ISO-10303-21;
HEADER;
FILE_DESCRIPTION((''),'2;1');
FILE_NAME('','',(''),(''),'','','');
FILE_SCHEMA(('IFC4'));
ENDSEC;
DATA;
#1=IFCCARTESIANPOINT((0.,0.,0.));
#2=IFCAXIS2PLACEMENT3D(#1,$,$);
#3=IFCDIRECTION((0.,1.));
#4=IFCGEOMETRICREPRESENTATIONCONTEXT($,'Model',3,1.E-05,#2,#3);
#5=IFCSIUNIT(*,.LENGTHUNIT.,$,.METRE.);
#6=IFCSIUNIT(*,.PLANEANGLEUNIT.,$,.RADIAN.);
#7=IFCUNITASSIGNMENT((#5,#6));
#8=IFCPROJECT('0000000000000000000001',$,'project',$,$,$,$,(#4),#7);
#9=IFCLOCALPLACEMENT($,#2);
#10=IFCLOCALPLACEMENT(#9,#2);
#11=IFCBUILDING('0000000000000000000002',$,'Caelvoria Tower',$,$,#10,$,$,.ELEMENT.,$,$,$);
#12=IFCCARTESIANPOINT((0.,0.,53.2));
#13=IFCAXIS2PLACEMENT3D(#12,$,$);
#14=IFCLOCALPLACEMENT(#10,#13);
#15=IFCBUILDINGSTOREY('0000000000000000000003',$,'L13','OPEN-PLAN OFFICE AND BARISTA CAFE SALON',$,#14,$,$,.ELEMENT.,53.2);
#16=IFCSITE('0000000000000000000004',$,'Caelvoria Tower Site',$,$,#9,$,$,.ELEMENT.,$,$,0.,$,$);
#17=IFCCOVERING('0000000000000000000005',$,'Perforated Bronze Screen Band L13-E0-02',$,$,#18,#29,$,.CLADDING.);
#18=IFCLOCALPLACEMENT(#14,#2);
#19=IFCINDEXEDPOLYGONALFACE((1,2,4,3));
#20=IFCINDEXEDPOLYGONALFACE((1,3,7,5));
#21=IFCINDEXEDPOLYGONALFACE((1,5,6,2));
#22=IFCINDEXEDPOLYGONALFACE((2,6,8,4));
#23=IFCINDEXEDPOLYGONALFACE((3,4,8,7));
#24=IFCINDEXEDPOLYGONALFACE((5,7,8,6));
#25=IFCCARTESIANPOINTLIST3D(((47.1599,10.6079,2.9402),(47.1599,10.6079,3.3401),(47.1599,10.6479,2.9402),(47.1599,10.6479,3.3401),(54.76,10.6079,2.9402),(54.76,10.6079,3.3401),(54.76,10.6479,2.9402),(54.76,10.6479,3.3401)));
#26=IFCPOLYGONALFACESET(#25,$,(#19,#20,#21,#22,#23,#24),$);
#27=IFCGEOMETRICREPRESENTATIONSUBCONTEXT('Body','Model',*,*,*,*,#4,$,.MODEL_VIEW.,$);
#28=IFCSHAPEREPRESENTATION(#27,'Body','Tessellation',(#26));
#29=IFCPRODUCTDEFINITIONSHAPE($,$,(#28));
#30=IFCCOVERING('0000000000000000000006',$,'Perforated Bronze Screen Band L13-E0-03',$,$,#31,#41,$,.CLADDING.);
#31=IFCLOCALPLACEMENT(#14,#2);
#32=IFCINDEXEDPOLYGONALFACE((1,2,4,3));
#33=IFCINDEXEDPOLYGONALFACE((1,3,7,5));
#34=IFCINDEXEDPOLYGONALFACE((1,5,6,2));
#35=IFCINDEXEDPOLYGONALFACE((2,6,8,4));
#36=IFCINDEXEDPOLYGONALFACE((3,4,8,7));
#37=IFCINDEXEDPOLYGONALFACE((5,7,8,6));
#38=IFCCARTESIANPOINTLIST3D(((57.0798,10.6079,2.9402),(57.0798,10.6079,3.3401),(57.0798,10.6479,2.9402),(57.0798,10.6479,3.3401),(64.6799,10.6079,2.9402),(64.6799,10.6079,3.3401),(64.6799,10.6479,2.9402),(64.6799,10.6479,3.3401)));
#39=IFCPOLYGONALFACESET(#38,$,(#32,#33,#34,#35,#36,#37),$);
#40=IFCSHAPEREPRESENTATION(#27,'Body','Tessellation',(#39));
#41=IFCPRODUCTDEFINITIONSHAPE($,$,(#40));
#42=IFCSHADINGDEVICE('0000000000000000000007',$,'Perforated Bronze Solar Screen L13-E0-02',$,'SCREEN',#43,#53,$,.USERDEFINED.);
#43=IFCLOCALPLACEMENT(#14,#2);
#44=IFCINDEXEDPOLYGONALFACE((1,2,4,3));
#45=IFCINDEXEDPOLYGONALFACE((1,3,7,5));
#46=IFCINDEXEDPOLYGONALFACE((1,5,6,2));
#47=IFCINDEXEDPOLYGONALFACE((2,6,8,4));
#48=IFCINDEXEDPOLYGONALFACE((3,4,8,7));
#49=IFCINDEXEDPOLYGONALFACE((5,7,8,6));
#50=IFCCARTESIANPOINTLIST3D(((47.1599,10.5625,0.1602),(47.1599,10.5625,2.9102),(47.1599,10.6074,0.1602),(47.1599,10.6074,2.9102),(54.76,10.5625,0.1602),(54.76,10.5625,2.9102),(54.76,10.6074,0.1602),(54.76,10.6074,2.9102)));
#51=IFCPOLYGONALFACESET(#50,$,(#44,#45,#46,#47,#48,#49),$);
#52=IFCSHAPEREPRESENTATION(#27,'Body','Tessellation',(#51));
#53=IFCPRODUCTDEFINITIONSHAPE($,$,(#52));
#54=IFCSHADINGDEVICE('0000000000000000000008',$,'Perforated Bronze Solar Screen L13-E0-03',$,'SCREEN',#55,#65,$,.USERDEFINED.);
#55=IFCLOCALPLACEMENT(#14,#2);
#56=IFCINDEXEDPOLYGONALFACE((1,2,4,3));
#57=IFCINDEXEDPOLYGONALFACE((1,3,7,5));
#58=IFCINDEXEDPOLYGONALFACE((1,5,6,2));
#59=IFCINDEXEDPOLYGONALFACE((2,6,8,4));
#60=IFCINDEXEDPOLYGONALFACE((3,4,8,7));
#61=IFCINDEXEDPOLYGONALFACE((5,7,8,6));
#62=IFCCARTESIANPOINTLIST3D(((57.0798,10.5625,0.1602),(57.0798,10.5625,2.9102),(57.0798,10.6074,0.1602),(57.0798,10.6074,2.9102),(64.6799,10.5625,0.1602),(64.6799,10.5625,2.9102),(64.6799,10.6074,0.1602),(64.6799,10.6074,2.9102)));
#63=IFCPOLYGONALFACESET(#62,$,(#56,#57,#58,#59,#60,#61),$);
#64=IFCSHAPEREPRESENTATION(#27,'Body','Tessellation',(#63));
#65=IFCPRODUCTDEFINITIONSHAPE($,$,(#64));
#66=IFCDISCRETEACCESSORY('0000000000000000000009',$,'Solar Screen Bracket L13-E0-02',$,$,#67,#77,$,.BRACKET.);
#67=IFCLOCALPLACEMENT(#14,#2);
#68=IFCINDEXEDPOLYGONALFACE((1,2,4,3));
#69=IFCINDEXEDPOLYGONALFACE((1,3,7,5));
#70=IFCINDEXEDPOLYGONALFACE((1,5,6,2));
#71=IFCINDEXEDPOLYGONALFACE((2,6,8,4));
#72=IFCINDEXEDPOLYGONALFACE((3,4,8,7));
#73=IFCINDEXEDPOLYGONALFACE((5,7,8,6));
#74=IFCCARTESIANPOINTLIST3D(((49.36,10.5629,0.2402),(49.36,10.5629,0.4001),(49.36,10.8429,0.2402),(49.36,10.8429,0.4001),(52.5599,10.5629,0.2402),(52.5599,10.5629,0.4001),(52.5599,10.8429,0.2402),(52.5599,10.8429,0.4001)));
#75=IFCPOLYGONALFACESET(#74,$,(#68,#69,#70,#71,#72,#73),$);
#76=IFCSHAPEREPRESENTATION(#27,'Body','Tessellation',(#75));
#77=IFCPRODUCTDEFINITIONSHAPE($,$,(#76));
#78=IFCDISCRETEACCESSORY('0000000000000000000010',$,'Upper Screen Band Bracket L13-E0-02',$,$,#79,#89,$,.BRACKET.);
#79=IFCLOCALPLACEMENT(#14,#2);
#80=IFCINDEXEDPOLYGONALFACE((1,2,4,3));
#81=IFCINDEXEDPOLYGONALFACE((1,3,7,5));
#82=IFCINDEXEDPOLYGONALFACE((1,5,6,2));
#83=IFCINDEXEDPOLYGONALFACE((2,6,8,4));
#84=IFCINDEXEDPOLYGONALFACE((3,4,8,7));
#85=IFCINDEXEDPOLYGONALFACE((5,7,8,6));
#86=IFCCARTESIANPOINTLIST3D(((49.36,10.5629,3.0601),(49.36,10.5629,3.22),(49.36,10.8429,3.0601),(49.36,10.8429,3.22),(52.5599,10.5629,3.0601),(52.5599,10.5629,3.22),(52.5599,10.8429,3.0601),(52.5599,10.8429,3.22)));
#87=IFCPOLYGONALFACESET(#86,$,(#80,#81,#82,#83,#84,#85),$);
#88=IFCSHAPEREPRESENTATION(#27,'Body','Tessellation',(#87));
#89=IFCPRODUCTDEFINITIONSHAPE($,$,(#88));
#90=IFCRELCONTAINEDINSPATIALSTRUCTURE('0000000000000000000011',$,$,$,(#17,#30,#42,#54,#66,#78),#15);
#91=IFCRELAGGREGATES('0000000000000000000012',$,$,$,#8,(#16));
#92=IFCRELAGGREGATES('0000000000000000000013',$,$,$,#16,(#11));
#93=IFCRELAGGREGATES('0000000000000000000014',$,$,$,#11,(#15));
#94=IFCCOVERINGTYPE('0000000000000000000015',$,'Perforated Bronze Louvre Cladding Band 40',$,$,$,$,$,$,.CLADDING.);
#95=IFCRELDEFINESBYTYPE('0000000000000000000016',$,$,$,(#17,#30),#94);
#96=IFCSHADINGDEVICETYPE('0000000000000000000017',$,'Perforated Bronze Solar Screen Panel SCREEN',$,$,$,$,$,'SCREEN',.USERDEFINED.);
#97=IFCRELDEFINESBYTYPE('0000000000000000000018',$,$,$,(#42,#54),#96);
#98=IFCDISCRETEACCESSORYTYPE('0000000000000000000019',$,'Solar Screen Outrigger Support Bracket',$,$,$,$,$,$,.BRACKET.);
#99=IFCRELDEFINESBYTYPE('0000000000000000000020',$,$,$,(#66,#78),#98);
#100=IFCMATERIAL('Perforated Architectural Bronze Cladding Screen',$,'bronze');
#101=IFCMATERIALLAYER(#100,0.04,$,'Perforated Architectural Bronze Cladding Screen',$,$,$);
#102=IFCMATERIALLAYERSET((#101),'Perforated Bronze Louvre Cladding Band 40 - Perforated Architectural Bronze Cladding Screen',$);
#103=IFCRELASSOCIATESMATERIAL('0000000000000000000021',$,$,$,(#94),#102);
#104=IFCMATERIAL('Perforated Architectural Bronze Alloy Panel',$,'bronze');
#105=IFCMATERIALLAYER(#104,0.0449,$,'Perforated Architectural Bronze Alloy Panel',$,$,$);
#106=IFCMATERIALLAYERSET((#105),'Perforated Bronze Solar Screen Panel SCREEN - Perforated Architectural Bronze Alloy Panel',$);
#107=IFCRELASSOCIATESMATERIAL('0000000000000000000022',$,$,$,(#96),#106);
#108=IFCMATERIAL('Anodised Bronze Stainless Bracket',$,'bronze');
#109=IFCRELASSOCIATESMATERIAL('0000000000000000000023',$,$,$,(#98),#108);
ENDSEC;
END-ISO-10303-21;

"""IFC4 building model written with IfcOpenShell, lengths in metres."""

from ifc_helpers import new_model, si_unit, direction, frame, origin, origin_2d, place, context, subcontext, project, spatial, rectangle, extrude, material, layer, layer_set, type_object, element, save


model = new_model("IFC4")

# Units and contexts
model_context = context("Model", 3, precision=1e-05, world=origin(), true_north=direction((0.0, 1.0)))
body_context = subcontext(model_context, "Body", "Model", "MODEL_VIEW")
ifc_project = project(units=[si_unit("LENGTHUNIT", "METRE"), si_unit("PLANEANGLEUNIT", "RADIAN")], contexts=[model_context])

# Site, building, storey
site_placement = place(None, origin())
site = spatial("IfcSite", under=ifc_project, at=site_placement, Name="Caelvoria Tower Site", CompositionType="ELEMENT", RefElevation=0.0)
building_placement = place(site_placement, origin())
building = spatial("IfcBuilding", under=site, at=building_placement, Name="Caelvoria Tower", CompositionType="ELEMENT")
storey_placement = place(building_placement, frame((0.0, 0.0, 53.2)))
storey = spatial("IfcBuildingStorey", under=building, at=storey_placement, Name="L13", Description="OPEN-PLAN OFFICE AND BARISTA CAFE SALON", CompositionType="ELEMENT", Elevation=53.2)

# Coverings
ifc_material_1 = material(Name="Perforated Architectural Bronze Cladding Screen", Category="bronze")
ifc_layer_1 = layer(ifc_material_1, 0.04, Name="Perforated Architectural Bronze Cladding Screen")
ifc_layer_set_1 = layer_set([ifc_layer_1], Name="Perforated Bronze Louvre Cladding Band 40 - Perforated Architectural Bronze Cladding Screen")
covering_type = type_object("IfcCoveringType", Name="Perforated Bronze Louvre Cladding Band 40", PredefinedType="CLADDING", material=ifc_layer_set_1)
for number, where, z_axis, x_axis, name in (
    (1, (50.96, 10.6279, 2.9402), (0.0, 0.0, 1.0), (1.0, 0.0, 0.0), "Perforated Bronze Screen Band L13-E0-02"),
    (2, (60.8799, 10.6279, 2.9402), (0.0, 0.0, 1.0), (1.0, 0.0, 0.0), "Perforated Bronze Screen Band L13-E0-03"),
):
    element("IfcCovering", number, at=place(storey_placement, frame(where, z_axis=z_axis, x_axis=x_axis)), inside=storey, type_object=covering_type, Name=name, PredefinedType="CLADDING", context=body_context, shape_type="SweptSolid", body=[
        extrude(rectangle(XDim=7.6001, YDim=0.04, at=origin_2d()), origin(), (0.0, 0.0, 1.0), 0.3999),
    ])

# Shading devices
ifc_material_2 = material(Name="Perforated Architectural Bronze Alloy Panel", Category="bronze")
ifc_layer_2 = layer(ifc_material_2, 0.0449, Name="Perforated Architectural Bronze Alloy Panel")
ifc_layer_set_2 = layer_set([ifc_layer_2], Name="Perforated Bronze Solar Screen Panel SCREEN - Perforated Architectural Bronze Alloy Panel")
shading_device_type = type_object("IfcShadingDeviceType", Name="Perforated Bronze Solar Screen Panel SCREEN", ElementType="SCREEN", PredefinedType="USERDEFINED", material=ifc_layer_set_2)
for number, where, z_axis, x_axis, name in (
    (3, (50.96, 10.585, 0.1602), (0.0, 0.0, 1.0), (1.0, 0.0, 0.0), "Perforated Bronze Solar Screen L13-E0-02"),
    (4, (60.8799, 10.585, 0.1602), (0.0, 0.0, 1.0), (1.0, 0.0, 0.0), "Perforated Bronze Solar Screen L13-E0-03"),
):
    element("IfcShadingDevice", number, at=place(storey_placement, frame(where, z_axis=z_axis, x_axis=x_axis)), inside=storey, type_object=shading_device_type, Name=name, ObjectType="SCREEN", PredefinedType="USERDEFINED", context=body_context, shape_type="SweptSolid", body=[
        extrude(rectangle(XDim=7.6001, YDim=0.0449, at=origin_2d()), origin(), (0.0, 0.0, 1.0), 2.75),
    ])

# Discrete accessories
ifc_material_3 = material(Name="Anodised Bronze Stainless Bracket", Category="bronze")
discrete_accessory_type = type_object("IfcDiscreteAccessoryType", Name="Solar Screen Outrigger Support Bracket", PredefinedType="BRACKET", material=ifc_material_3)
for number, where, z_axis, x_axis, name in (
    (5, (50.96, 10.7029, 0.2402), (0.0, 0.0, 1.0), (1.0, 0.0, 0.0), "Solar Screen Bracket L13-E0-02"),
    (6, (50.96, 10.7029, 3.0601), (0.0, 0.0, 1.0), (1.0, 0.0, 0.0), "Upper Screen Band Bracket L13-E0-02"),
):
    element("IfcDiscreteAccessory", number, at=place(storey_placement, frame(where, z_axis=z_axis, x_axis=x_axis)), inside=storey, type_object=discrete_accessory_type, Name=name, PredefinedType="BRACKET", context=body_context, shape_type="SweptSolid", body=[
        extrude(rectangle(XDim=3.2, YDim=0.28, at=origin_2d()), origin(), (0.0, 0.0, 1.0), 0.1599),
    ])

save(model, "model.ifc")
